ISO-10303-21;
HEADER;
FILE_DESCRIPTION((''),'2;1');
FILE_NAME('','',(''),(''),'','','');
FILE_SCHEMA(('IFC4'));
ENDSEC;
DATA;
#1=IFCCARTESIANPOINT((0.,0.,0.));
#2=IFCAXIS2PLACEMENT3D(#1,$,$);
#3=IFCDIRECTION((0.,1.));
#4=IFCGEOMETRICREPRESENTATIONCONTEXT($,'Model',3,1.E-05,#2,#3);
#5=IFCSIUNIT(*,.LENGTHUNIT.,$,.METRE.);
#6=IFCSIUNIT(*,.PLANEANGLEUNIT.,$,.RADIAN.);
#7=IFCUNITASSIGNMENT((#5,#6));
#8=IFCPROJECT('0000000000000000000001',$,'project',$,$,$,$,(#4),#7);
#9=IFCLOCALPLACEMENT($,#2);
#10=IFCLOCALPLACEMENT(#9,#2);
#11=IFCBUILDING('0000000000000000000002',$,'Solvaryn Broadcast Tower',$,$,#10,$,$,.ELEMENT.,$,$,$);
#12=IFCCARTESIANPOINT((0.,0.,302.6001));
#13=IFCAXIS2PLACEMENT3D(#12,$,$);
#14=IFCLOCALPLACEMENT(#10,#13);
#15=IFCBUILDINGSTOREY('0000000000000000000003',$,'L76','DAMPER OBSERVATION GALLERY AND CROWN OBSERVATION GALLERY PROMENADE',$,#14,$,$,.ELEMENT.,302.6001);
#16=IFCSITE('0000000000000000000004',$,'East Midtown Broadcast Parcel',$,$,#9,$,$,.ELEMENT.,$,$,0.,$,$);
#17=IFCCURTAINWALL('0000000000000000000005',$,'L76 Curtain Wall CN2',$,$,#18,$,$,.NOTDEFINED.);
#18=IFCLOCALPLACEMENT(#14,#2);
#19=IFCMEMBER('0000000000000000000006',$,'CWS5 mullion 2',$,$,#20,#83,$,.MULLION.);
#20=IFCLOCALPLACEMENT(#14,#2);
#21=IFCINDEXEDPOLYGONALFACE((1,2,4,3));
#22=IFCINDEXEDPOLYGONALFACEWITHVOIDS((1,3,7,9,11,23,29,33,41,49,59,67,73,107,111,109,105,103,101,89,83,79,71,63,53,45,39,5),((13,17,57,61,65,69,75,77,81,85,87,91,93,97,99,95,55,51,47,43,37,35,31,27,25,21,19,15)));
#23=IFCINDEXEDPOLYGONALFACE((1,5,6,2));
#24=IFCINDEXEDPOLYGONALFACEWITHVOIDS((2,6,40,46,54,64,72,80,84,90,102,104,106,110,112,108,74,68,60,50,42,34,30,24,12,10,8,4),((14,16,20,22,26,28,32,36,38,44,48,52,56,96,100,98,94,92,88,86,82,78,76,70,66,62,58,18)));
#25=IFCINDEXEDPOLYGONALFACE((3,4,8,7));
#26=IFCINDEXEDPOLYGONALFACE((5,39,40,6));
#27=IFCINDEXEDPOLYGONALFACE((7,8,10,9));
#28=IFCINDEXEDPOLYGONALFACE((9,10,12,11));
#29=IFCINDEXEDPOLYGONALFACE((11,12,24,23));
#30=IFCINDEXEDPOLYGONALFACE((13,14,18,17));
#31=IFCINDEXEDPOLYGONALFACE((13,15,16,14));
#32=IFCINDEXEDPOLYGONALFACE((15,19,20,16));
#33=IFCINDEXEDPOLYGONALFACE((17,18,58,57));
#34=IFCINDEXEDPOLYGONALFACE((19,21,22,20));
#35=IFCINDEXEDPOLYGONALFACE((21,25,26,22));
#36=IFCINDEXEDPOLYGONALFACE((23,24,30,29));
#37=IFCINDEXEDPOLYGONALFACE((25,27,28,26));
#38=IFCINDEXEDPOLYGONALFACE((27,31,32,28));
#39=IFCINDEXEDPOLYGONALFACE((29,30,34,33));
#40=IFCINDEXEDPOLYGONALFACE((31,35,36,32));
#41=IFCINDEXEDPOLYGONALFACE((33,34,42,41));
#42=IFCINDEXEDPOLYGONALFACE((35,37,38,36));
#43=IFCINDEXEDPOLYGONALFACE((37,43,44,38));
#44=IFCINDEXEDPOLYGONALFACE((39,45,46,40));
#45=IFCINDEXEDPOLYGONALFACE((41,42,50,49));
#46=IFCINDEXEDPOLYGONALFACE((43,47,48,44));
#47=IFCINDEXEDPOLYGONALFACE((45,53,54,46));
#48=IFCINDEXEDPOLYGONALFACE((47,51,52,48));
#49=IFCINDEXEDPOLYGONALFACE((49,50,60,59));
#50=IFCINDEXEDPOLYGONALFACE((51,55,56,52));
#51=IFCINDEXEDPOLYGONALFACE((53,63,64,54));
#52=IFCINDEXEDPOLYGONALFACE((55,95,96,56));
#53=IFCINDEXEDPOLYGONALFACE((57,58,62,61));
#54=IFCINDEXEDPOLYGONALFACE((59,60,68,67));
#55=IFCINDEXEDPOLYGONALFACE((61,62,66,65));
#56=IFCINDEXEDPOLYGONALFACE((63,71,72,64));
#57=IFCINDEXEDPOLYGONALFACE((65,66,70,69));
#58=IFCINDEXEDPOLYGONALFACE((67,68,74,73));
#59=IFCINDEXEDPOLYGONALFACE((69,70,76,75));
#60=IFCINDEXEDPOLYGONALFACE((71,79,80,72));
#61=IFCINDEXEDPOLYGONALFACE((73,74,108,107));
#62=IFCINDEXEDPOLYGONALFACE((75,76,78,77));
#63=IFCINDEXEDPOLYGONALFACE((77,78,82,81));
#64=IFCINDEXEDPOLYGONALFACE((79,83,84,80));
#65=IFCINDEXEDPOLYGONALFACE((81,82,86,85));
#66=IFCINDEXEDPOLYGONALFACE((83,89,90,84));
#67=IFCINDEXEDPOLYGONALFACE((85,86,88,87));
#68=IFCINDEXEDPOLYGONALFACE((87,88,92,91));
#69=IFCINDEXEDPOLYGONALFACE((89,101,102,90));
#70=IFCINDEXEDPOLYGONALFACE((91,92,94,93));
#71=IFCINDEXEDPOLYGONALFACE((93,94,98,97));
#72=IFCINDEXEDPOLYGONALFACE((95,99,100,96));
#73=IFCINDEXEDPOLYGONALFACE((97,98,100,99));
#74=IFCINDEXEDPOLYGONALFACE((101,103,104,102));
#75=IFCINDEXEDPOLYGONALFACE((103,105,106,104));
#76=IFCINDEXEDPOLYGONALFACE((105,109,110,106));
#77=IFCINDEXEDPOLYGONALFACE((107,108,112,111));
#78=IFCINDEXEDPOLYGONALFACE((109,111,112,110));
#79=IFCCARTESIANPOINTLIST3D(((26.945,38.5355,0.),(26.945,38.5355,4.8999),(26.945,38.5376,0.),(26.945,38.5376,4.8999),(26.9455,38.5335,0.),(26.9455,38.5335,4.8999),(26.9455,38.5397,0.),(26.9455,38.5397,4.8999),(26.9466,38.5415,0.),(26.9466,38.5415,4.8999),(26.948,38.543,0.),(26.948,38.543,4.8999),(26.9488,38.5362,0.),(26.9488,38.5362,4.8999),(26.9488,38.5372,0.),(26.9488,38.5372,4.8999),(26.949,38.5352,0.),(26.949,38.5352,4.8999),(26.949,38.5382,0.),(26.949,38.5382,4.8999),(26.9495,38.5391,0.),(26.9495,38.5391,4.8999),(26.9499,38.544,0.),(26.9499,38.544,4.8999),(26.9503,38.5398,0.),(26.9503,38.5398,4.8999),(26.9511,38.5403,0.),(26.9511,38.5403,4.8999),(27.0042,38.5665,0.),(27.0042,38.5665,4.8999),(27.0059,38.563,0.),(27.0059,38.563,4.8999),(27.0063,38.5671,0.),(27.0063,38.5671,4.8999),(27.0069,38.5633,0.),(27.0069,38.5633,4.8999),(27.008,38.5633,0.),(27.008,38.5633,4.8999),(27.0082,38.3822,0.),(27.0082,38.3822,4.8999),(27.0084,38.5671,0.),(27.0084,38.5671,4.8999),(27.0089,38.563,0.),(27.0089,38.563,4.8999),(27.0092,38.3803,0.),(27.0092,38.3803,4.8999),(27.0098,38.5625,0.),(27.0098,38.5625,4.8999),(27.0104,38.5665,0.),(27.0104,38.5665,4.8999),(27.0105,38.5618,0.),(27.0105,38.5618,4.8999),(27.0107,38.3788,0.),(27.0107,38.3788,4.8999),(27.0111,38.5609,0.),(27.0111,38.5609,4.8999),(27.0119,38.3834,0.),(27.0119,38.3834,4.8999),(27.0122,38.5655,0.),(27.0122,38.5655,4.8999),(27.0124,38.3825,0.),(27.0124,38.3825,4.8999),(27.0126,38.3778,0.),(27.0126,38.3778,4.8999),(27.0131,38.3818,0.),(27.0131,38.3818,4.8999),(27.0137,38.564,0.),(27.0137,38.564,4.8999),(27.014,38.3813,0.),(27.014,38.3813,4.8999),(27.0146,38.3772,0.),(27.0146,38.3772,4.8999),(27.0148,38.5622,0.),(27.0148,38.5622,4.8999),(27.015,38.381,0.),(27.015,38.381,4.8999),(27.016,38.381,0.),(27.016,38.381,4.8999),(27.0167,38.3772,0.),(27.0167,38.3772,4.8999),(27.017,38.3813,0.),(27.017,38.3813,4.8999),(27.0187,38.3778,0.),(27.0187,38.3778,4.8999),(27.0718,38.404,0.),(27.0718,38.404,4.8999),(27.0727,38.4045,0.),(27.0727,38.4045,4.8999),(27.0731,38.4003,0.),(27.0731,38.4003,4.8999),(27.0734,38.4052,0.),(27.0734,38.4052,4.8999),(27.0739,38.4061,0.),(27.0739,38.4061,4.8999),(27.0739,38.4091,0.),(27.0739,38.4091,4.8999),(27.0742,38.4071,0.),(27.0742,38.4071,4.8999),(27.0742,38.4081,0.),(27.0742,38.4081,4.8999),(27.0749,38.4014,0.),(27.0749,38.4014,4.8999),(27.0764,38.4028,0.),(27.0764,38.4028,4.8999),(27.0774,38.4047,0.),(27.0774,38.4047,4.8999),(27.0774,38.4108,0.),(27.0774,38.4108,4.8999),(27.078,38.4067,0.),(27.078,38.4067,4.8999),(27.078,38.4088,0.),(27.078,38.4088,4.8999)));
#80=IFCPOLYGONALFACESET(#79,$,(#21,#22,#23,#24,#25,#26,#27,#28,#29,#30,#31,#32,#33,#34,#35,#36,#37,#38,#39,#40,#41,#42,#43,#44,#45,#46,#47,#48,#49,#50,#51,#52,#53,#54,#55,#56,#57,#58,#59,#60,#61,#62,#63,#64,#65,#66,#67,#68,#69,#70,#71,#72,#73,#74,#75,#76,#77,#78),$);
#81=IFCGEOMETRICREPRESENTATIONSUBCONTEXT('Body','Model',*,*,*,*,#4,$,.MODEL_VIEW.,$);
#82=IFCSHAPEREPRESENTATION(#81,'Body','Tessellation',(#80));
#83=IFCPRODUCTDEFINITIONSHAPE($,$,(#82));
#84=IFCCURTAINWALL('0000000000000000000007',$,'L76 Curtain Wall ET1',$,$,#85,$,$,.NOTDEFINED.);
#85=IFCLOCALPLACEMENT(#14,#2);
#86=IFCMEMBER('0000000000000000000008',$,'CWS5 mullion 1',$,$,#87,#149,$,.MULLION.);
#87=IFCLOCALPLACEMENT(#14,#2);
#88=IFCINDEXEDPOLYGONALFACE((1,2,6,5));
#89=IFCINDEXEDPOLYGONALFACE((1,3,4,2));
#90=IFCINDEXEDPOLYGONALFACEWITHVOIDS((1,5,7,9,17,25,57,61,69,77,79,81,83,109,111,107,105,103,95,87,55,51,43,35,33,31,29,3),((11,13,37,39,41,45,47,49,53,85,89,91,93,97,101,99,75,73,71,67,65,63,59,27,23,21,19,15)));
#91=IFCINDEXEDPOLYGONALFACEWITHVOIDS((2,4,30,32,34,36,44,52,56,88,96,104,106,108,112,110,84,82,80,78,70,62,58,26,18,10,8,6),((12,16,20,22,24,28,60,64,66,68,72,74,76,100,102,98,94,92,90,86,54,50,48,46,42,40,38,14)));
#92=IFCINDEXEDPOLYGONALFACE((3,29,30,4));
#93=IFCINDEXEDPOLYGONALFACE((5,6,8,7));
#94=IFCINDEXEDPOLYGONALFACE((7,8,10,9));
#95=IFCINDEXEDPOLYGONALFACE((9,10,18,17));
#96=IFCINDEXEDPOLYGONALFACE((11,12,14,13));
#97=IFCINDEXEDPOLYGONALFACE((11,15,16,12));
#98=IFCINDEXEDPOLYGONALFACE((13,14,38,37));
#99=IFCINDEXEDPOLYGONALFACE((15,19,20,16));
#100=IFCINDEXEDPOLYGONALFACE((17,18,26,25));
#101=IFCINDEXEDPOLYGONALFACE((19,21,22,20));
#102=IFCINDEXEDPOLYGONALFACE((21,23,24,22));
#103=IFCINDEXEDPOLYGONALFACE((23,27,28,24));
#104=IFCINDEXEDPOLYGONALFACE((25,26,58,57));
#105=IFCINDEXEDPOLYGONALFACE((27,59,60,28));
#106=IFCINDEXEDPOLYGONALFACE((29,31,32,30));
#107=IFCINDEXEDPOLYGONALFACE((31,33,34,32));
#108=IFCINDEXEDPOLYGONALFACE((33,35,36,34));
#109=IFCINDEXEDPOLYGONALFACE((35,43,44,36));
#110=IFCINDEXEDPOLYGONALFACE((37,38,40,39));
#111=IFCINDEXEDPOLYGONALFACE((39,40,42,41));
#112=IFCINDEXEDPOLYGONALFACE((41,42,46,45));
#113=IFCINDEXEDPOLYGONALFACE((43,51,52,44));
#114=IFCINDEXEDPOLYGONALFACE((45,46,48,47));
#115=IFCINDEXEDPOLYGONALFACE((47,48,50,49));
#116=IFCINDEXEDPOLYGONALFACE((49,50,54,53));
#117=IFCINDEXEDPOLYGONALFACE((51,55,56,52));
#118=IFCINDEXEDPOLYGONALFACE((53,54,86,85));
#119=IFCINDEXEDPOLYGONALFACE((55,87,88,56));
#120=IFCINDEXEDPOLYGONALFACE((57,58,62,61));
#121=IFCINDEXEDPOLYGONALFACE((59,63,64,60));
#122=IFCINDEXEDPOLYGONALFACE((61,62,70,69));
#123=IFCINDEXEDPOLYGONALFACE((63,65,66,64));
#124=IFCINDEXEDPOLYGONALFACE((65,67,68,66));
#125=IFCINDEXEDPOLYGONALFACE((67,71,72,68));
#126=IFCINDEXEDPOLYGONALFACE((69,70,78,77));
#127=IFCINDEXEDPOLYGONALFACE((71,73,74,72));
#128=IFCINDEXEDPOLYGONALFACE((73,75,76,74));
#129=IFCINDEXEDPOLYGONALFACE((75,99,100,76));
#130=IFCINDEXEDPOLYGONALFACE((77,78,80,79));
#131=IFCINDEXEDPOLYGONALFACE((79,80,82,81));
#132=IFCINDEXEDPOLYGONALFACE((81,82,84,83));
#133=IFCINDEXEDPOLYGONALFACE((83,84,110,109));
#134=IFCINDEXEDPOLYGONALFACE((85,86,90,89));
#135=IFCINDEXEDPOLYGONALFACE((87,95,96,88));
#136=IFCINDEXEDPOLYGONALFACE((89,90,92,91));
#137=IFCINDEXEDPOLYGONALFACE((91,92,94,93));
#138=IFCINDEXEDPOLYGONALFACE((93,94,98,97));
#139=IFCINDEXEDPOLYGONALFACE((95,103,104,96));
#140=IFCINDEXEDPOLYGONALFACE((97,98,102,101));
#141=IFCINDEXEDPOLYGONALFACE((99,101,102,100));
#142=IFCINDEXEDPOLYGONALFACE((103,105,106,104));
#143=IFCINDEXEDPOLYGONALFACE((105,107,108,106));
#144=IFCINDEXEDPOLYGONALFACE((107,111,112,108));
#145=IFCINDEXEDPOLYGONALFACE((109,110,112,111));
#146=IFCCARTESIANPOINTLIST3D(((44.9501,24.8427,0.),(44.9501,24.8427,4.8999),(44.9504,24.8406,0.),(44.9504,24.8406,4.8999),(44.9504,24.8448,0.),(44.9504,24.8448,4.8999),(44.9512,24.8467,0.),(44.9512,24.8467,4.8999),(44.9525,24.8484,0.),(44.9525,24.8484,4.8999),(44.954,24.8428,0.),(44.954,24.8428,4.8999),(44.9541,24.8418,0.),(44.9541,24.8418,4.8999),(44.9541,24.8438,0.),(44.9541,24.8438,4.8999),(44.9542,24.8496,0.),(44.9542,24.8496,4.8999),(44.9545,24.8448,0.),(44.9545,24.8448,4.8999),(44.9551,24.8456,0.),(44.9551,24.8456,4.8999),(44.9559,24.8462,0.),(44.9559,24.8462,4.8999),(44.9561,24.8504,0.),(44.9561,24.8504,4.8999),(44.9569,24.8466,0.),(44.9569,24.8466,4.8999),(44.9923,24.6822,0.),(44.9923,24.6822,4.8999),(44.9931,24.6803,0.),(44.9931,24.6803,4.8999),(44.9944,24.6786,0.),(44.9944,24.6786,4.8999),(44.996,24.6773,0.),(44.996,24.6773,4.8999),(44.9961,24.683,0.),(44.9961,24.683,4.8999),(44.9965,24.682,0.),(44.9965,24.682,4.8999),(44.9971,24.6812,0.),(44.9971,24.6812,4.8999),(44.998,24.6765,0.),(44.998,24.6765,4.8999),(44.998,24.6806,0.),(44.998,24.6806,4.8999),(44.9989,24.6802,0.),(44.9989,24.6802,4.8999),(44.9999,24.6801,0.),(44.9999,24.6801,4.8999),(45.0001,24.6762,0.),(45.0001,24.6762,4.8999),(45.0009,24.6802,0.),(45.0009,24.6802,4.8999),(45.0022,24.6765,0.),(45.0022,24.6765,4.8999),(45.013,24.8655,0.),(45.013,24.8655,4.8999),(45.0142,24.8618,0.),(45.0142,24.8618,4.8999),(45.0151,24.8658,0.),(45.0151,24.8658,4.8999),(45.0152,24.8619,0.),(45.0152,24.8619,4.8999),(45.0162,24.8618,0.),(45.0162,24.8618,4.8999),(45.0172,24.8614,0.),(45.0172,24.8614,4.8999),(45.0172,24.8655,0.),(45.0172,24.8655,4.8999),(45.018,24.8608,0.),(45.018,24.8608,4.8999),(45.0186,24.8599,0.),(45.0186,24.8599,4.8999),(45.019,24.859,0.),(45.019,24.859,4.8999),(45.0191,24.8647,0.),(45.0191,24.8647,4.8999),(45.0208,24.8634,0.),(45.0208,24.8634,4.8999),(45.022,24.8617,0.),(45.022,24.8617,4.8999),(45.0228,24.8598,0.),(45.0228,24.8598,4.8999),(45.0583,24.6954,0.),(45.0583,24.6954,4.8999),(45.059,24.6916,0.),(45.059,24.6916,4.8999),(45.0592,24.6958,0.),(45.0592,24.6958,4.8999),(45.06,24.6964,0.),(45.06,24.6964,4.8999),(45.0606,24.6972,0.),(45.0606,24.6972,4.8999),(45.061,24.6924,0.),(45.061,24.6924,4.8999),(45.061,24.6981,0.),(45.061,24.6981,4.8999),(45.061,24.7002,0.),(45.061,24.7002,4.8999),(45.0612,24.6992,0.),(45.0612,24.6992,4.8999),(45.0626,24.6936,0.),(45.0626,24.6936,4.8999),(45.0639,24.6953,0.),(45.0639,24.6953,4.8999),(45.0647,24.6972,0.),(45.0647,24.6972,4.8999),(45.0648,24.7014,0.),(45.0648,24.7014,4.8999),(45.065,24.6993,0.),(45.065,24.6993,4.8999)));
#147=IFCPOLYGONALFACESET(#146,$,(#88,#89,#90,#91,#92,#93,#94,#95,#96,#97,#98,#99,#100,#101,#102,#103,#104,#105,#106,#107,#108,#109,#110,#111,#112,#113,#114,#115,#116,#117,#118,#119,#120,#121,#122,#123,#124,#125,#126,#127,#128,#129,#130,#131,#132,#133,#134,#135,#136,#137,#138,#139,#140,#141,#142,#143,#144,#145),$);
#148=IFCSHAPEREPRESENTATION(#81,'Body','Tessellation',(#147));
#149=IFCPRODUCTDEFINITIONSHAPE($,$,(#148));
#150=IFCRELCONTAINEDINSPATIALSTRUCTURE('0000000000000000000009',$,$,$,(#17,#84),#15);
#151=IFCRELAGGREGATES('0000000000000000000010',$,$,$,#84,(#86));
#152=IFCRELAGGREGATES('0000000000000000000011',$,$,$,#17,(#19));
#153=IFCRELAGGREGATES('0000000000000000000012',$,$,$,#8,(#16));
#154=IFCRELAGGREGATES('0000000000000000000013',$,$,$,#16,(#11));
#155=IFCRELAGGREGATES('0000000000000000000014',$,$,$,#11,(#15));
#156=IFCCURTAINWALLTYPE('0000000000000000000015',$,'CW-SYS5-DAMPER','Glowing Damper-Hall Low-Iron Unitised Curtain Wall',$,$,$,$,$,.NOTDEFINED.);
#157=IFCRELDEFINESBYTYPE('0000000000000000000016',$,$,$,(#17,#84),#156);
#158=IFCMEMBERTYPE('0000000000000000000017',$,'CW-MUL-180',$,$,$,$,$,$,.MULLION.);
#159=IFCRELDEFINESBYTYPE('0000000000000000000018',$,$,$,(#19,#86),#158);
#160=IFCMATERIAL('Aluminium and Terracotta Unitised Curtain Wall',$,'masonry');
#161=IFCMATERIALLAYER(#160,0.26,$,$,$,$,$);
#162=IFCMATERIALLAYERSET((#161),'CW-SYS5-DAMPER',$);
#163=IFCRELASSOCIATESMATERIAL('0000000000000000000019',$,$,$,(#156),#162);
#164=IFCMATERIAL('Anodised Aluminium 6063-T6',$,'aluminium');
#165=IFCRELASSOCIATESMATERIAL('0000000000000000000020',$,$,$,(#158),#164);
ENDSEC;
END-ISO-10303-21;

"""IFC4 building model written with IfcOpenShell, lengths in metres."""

from ifc_helpers import new_model, si_unit, direction, frame, origin, origin_2d, place, context, subcontext, project, spatial, hollow_rectangle, extrude, material, layer, layer_set, material_profile, profile_set, type_object, element, aggregate, save


model = new_model("IFC4")

# Units and contexts
model_context = context("Model", 3, precision=1e-05, world=origin(), true_north=direction((0.0, 1.0)))
body_context = subcontext(model_context, "Body", "Model", "MODEL_VIEW")
ifc_project = project(units=[si_unit("LENGTHUNIT", "METRE"), si_unit("PLANEANGLEUNIT", "RADIAN")], contexts=[model_context])

# Site, building, storey
site_placement = place(None, origin())
site = spatial("IfcSite", under=ifc_project, at=site_placement, Name="East Midtown Broadcast Parcel", CompositionType="ELEMENT", RefElevation=0.0)
building_placement = place(site_placement, origin())
building = spatial("IfcBuilding", under=site, at=building_placement, Name="Solvaryn Broadcast Tower", CompositionType="ELEMENT")
storey_placement = place(building_placement, frame((0.0, 0.0, 302.6001)))
storey = spatial("IfcBuildingStorey", under=building, at=storey_placement, Name="L76", Description="DAMPER OBSERVATION GALLERY AND CROWN OBSERVATION GALLERY PROMENADE", CompositionType="ELEMENT", Elevation=302.6001)

# Shared definitions
ifc_material_1 = material(Name="Aluminium and Terracotta Unitised Curtain Wall", Category="masonry")
ifc_layer_1 = layer(ifc_material_1, 0.26)
ifc_layer_set_1 = layer_set([ifc_layer_1], Name="CW-SYS5-DAMPER")
curtain_wall_type = type_object("IfcCurtainWallType", Name="CW-SYS5-DAMPER", Description="Glowing Damper-Hall Low-Iron Unitised Curtain Wall", PredefinedType="NOTDEFINED", material=ifc_layer_set_1)
ifc_material_2 = material(Name="Anodised Aluminium 6063-T6", Category="aluminium")
ifc_material_profile_1 = material_profile(ifc_material_2, hollow_rectangle(XDim=0.075, YDim=0.1799, WallThickness=0.0039, InnerFilletRadius=0.0039, OuterFilletRadius=0.0081, at=origin_2d()))
ifc_profile_set_1 = profile_set([ifc_material_profile_1], Name="Anodised Aluminium 6063-T6")
member_type_1 = type_object("IfcMemberType", Name="CW-MUL-180", PredefinedType="MULLION", material=ifc_profile_set_1)

# Curtain wall, member
curtain_wall_1_placement = place(storey_placement, origin())
curtain_wall_1 = element("IfcCurtainWall", 1, at=curtain_wall_1_placement, inside=storey, type_object=curtain_wall_type, Name="L76 Curtain Wall CN2", PredefinedType="NOTDEFINED")
member_1_placement = place(storey_placement, frame((27.0115, 38.4722, 0.0), z_axis=(0.0, 0.0, 1.0), x_axis=(-0.923895, -0.382646, 0.0)))
member_1 = element("IfcMember", 2, at=member_1_placement, type_object=member_type_1, Name="CWS5 mullion 2", PredefinedType="MULLION", context=body_context, shape_type="SweptSolid", body=[
    extrude(hollow_rectangle(XDim=0.075, YDim=0.1799, WallThickness=0.0039, InnerFilletRadius=0.0039, OuterFilletRadius=0.0081, at=origin_2d()), origin(), (0.0, 0.0, 1.0), 4.8999),
])

# Curtain wall, member
curtain_wall_2_placement = place(storey_placement, origin())
curtain_wall_2 = element("IfcCurtainWall", 3, at=curtain_wall_2_placement, inside=storey, type_object=curtain_wall_type, Name="L76 Curtain Wall ET1", PredefinedType="NOTDEFINED")
member_2_placement = place(storey_placement, frame((45.0076, 24.771, 0.0), z_axis=(0.0, 0.0, 1.0), x_axis=(0.966705, 0.255893, 0.0)))
member_2 = element("IfcMember", 4, at=member_2_placement, type_object=member_type_1, Name="CWS5 mullion 1", PredefinedType="MULLION", context=body_context, shape_type="SweptSolid", body=[
    extrude(hollow_rectangle(XDim=0.075, YDim=0.1799, WallThickness=0.0039, InnerFilletRadius=0.0039, OuterFilletRadius=0.0081, at=origin_2d()), origin(), (0.0, 0.0, 1.0), 4.8999),
])

aggregate(curtain_wall_2, [member_2])

aggregate(curtain_wall_1, [member_1])

save(model, "model.ifc")
